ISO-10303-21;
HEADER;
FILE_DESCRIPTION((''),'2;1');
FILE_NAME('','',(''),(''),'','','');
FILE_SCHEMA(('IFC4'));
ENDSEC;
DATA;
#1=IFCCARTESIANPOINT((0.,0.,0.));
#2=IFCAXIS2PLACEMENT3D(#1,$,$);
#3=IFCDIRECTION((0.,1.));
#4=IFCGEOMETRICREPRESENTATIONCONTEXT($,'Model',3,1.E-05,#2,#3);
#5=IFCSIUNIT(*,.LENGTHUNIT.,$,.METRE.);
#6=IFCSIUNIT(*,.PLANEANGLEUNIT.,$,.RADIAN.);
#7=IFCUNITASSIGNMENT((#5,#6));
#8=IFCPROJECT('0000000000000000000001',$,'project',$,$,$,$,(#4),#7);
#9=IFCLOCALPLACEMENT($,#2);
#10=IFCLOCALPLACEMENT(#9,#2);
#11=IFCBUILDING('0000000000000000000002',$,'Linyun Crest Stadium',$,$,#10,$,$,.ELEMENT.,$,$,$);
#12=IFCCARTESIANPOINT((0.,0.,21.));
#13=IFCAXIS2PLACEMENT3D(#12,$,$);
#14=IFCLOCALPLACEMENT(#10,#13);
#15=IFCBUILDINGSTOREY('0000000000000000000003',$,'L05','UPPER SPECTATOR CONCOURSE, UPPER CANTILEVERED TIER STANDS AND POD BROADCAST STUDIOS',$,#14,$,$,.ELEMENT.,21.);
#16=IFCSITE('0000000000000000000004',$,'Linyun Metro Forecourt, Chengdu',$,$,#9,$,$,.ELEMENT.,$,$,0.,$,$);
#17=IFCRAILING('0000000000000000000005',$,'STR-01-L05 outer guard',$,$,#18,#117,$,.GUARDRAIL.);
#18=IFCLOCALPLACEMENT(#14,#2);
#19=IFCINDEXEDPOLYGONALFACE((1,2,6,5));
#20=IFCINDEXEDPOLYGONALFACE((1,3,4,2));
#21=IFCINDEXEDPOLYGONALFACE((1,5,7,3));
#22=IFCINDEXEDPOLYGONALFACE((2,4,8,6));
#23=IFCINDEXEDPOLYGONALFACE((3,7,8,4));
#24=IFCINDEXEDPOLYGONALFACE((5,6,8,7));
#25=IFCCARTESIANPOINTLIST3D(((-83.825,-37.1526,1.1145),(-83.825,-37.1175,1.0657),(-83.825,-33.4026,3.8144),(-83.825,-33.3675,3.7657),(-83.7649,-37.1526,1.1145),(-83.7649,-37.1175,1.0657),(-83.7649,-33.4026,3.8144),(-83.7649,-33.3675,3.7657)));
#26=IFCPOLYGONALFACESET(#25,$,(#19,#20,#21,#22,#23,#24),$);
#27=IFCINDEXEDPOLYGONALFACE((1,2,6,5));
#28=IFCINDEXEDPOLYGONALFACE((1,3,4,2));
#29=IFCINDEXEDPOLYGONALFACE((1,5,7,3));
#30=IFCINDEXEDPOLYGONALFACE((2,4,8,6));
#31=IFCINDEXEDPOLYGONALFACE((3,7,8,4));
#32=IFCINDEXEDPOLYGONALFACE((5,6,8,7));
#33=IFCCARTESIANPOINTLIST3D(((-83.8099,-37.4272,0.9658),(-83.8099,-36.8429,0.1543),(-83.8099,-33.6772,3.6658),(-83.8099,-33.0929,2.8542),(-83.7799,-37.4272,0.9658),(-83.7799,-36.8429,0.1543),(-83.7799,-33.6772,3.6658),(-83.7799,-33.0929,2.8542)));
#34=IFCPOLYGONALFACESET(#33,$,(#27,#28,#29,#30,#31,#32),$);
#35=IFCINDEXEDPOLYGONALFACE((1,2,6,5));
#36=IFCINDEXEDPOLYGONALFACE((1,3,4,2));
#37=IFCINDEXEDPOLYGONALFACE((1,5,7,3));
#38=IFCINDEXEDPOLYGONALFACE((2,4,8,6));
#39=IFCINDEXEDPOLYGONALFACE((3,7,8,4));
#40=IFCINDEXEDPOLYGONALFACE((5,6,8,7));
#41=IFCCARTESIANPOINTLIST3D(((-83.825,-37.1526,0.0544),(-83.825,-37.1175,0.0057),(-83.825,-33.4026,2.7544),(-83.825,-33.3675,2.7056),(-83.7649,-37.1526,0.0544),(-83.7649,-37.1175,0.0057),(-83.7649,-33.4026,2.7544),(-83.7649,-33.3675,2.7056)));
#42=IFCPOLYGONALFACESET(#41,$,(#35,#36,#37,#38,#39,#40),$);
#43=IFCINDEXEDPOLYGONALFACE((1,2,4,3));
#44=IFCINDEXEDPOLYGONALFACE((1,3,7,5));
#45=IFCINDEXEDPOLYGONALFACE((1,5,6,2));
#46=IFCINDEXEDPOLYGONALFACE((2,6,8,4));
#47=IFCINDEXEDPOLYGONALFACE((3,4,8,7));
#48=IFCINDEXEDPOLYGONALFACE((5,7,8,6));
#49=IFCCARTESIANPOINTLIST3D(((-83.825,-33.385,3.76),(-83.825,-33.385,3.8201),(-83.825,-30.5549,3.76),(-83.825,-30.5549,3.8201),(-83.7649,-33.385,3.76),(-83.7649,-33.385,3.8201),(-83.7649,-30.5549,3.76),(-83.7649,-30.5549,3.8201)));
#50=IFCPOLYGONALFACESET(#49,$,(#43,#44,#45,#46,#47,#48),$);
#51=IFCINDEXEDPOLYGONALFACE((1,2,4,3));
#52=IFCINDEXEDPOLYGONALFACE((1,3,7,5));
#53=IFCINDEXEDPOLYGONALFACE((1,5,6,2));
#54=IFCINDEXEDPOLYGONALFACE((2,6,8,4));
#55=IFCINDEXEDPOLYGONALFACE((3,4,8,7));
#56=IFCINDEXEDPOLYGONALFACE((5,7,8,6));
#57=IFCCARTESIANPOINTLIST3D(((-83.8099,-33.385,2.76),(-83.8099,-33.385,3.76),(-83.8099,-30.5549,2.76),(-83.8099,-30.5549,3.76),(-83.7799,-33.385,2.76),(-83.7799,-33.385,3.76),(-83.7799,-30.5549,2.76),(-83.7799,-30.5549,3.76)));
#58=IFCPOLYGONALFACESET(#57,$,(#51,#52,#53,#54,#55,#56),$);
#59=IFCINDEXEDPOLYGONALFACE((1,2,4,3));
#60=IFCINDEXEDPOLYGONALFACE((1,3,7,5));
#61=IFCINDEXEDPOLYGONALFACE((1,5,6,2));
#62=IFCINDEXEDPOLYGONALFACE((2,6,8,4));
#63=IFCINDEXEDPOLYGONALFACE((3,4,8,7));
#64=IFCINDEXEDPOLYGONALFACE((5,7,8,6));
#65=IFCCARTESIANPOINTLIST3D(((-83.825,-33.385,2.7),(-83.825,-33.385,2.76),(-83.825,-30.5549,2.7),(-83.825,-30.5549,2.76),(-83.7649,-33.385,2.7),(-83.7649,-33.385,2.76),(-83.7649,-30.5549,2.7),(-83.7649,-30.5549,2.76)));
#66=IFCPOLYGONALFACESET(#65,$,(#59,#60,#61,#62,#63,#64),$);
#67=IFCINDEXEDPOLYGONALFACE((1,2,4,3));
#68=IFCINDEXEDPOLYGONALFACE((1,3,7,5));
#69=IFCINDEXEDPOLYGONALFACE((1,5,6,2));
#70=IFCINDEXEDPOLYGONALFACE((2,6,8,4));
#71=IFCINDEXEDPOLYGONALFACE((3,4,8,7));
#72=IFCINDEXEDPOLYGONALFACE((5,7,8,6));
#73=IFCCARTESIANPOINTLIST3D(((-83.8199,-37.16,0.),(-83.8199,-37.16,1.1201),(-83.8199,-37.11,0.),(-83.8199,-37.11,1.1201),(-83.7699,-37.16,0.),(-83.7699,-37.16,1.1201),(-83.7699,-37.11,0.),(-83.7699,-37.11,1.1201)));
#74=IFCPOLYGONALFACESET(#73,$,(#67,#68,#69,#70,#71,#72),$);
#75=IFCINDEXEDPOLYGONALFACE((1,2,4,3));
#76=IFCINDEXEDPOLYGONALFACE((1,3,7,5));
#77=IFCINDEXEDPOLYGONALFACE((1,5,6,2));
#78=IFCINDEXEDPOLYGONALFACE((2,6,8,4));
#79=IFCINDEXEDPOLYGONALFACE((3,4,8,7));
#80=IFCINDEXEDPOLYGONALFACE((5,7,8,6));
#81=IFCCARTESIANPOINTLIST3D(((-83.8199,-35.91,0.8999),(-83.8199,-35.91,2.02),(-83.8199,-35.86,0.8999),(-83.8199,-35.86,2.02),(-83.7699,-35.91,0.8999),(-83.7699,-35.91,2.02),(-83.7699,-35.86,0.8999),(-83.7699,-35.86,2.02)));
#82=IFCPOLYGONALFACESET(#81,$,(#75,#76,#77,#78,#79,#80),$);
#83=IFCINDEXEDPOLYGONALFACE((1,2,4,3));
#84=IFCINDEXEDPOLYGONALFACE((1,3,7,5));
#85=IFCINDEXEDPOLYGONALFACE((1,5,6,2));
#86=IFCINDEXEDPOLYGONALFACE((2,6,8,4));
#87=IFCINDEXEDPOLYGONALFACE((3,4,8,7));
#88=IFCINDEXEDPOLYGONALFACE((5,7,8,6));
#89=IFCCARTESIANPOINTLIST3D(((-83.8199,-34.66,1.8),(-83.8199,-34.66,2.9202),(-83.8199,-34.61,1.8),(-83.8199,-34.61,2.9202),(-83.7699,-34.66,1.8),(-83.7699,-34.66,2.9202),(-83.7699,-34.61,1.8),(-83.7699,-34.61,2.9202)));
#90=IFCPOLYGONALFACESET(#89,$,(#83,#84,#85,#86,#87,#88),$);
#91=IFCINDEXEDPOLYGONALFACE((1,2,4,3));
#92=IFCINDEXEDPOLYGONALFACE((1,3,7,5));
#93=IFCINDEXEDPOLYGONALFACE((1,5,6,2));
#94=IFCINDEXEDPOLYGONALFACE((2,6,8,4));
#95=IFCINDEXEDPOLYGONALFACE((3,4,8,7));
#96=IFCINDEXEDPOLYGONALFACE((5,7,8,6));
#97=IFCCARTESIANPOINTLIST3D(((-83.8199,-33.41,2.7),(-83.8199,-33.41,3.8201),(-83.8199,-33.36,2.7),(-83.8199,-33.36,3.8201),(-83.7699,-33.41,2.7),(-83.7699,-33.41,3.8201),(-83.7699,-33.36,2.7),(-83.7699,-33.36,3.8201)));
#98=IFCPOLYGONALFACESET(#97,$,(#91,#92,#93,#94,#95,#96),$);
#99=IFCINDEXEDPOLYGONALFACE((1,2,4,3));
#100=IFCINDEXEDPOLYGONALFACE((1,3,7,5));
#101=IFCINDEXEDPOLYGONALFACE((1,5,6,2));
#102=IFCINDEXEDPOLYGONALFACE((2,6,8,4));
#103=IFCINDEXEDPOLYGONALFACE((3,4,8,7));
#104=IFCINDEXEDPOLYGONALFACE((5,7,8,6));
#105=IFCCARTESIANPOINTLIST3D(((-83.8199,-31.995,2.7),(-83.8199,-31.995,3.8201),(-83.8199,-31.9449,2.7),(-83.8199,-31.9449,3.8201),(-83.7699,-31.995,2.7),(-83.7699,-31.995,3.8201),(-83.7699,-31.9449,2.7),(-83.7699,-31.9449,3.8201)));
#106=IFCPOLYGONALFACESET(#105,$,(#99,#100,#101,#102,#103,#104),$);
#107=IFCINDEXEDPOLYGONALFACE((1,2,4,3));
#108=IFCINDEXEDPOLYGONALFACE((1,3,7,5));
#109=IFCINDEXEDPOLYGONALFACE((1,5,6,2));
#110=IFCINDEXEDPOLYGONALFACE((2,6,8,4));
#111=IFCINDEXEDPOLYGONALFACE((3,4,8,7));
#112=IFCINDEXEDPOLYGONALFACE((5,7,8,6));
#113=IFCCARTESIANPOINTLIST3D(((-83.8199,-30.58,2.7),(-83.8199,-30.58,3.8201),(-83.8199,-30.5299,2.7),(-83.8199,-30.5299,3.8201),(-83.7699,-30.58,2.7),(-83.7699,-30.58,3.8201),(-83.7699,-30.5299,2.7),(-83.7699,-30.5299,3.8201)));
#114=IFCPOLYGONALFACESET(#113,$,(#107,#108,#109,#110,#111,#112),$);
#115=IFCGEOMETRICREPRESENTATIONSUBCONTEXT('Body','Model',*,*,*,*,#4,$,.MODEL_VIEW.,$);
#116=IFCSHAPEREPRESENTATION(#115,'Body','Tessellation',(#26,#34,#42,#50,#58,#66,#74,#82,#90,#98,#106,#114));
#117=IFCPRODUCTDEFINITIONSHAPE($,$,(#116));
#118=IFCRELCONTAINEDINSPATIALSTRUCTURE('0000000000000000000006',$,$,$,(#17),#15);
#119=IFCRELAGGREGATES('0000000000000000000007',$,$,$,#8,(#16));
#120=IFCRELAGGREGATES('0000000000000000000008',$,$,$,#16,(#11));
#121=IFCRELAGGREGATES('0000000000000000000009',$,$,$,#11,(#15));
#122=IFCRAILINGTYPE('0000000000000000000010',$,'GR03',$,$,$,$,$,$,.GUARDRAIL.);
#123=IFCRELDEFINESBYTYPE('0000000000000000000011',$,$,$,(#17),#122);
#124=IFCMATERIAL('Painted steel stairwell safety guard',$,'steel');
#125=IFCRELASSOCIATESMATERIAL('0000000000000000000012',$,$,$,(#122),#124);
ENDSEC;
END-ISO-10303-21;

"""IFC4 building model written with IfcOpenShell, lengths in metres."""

from ifc_helpers import new_model, si_unit, direction, frame, origin, origin_2d, place, context, subcontext, project, spatial, rectangle, extrude, material, type_object, element, save


model = new_model("IFC4")

# Units and contexts
model_context = context("Model", 3, precision=1e-05, world=origin(), true_north=direction((0.0, 1.0)))
body_context = subcontext(model_context, "Body", "Model", "MODEL_VIEW")
ifc_project = project(units=[si_unit("LENGTHUNIT", "METRE"), si_unit("PLANEANGLEUNIT", "RADIAN")], contexts=[model_context])

# Site, building, storey
site_placement = place(None, origin())
site = spatial("IfcSite", under=ifc_project, at=site_placement, Name="Linyun Metro Forecourt, Chengdu", CompositionType="ELEMENT", RefElevation=0.0)
building_placement = place(site_placement, origin())
building = spatial("IfcBuilding", under=site, at=building_placement, Name="Linyun Crest Stadium", CompositionType="ELEMENT")
storey_placement = place(building_placement, frame((0.0, 0.0, 21.0)))
storey = spatial("IfcBuildingStorey", under=building, at=storey_placement, Name="L05", Description="UPPER SPECTATOR CONCOURSE, UPPER CANTILEVERED TIER STANDS AND POD BROADCAST STUDIOS", CompositionType="ELEMENT", Elevation=21.0)

# Railing
ifc_material_1 = material(Name="Painted steel stairwell safety guard", Category="steel")
railing_type_1 = type_object("IfcRailingType", Name="GR03", PredefinedType="GUARDRAIL", material=ifc_material_1)
railing_1_placement = place(storey_placement, frame((-83.7949, -37.135, 0.0)))
element("IfcRailing", 1, at=railing_1_placement, inside=storey, type_object=railing_type_1, Name="STR-01-L05 outer guard", PredefinedType="GUARDRAIL", context=body_context, shape_type="SweptSolid", body=[
    extrude(rectangle(XDim=0.0601, YDim=0.0601, at=origin_2d()), frame((0.0, 0.0, 1.0901), z_axis=(0.0, 0.811539, 0.584298), x_axis=(-1.0, 0.0, 0.0)), (0.0, 0.0, 1.0), 4.6208),
    extrude(rectangle(XDim=0.03, YDim=1.0, at=origin_2d()), frame((0.0, 0.0, 0.5601), z_axis=(0.0, 0.811539, 0.584298), x_axis=(-1.0, 0.0, 0.0)), (0.0, 0.0, 1.0), 4.6208),
    extrude(rectangle(XDim=0.0601, YDim=0.0601, at=origin_2d()), frame((0.0, 0.0, 0.03), z_axis=(0.0, 0.811539, 0.584298), x_axis=(-1.0, 0.0, 0.0)), (0.0, 0.0, 1.0), 4.6208),
    extrude(rectangle(XDim=0.0601, YDim=0.0601, at=origin_2d()), frame((0.0, 3.75, 3.79), z_axis=(0.0, 1.0, 0.0), x_axis=(-1.0, 0.0, 0.0)), (0.0, 0.0, 1.0), 2.8301),
    extrude(rectangle(XDim=0.03, YDim=1.0, at=origin_2d()), frame((0.0, 3.75, 3.26), z_axis=(0.0, 1.0, 0.0), x_axis=(-1.0, 0.0, 0.0)), (0.0, 0.0, 1.0), 2.8301),
    extrude(rectangle(XDim=0.0601, YDim=0.0601, at=origin_2d()), frame((0.0, 3.75, 2.73), z_axis=(0.0, 1.0, 0.0), x_axis=(-1.0, 0.0, 0.0)), (0.0, 0.0, 1.0), 2.8301),
    extrude(rectangle(XDim=0.05, YDim=0.05, at=origin_2d()), origin(), (0.0, 0.0, 1.0), 1.1201),
    extrude(rectangle(XDim=0.05, YDim=0.05, at=origin_2d()), frame((0.0, 1.25, 0.8999)), (0.0, 0.0, 1.0), 1.1201),
    extrude(rectangle(XDim=0.05, YDim=0.05, at=origin_2d()), frame((0.0, 2.5, 1.8)), (0.0, 0.0, 1.0), 1.1201),
    extrude(rectangle(XDim=0.05, YDim=0.05, at=origin_2d()), frame((0.0, 3.75, 2.7)), (0.0, 0.0, 1.0), 1.1201),
    extrude(rectangle(XDim=0.05, YDim=0.05, at=origin_2d()), frame((0.0, 5.165, 2.7)), (0.0, 0.0, 1.0), 1.1201),
    extrude(rectangle(XDim=0.05, YDim=0.05, at=origin_2d()), frame((0.0, 6.5801, 2.7)), (0.0, 0.0, 1.0), 1.1201),
])

save(model, "model.ifc")
